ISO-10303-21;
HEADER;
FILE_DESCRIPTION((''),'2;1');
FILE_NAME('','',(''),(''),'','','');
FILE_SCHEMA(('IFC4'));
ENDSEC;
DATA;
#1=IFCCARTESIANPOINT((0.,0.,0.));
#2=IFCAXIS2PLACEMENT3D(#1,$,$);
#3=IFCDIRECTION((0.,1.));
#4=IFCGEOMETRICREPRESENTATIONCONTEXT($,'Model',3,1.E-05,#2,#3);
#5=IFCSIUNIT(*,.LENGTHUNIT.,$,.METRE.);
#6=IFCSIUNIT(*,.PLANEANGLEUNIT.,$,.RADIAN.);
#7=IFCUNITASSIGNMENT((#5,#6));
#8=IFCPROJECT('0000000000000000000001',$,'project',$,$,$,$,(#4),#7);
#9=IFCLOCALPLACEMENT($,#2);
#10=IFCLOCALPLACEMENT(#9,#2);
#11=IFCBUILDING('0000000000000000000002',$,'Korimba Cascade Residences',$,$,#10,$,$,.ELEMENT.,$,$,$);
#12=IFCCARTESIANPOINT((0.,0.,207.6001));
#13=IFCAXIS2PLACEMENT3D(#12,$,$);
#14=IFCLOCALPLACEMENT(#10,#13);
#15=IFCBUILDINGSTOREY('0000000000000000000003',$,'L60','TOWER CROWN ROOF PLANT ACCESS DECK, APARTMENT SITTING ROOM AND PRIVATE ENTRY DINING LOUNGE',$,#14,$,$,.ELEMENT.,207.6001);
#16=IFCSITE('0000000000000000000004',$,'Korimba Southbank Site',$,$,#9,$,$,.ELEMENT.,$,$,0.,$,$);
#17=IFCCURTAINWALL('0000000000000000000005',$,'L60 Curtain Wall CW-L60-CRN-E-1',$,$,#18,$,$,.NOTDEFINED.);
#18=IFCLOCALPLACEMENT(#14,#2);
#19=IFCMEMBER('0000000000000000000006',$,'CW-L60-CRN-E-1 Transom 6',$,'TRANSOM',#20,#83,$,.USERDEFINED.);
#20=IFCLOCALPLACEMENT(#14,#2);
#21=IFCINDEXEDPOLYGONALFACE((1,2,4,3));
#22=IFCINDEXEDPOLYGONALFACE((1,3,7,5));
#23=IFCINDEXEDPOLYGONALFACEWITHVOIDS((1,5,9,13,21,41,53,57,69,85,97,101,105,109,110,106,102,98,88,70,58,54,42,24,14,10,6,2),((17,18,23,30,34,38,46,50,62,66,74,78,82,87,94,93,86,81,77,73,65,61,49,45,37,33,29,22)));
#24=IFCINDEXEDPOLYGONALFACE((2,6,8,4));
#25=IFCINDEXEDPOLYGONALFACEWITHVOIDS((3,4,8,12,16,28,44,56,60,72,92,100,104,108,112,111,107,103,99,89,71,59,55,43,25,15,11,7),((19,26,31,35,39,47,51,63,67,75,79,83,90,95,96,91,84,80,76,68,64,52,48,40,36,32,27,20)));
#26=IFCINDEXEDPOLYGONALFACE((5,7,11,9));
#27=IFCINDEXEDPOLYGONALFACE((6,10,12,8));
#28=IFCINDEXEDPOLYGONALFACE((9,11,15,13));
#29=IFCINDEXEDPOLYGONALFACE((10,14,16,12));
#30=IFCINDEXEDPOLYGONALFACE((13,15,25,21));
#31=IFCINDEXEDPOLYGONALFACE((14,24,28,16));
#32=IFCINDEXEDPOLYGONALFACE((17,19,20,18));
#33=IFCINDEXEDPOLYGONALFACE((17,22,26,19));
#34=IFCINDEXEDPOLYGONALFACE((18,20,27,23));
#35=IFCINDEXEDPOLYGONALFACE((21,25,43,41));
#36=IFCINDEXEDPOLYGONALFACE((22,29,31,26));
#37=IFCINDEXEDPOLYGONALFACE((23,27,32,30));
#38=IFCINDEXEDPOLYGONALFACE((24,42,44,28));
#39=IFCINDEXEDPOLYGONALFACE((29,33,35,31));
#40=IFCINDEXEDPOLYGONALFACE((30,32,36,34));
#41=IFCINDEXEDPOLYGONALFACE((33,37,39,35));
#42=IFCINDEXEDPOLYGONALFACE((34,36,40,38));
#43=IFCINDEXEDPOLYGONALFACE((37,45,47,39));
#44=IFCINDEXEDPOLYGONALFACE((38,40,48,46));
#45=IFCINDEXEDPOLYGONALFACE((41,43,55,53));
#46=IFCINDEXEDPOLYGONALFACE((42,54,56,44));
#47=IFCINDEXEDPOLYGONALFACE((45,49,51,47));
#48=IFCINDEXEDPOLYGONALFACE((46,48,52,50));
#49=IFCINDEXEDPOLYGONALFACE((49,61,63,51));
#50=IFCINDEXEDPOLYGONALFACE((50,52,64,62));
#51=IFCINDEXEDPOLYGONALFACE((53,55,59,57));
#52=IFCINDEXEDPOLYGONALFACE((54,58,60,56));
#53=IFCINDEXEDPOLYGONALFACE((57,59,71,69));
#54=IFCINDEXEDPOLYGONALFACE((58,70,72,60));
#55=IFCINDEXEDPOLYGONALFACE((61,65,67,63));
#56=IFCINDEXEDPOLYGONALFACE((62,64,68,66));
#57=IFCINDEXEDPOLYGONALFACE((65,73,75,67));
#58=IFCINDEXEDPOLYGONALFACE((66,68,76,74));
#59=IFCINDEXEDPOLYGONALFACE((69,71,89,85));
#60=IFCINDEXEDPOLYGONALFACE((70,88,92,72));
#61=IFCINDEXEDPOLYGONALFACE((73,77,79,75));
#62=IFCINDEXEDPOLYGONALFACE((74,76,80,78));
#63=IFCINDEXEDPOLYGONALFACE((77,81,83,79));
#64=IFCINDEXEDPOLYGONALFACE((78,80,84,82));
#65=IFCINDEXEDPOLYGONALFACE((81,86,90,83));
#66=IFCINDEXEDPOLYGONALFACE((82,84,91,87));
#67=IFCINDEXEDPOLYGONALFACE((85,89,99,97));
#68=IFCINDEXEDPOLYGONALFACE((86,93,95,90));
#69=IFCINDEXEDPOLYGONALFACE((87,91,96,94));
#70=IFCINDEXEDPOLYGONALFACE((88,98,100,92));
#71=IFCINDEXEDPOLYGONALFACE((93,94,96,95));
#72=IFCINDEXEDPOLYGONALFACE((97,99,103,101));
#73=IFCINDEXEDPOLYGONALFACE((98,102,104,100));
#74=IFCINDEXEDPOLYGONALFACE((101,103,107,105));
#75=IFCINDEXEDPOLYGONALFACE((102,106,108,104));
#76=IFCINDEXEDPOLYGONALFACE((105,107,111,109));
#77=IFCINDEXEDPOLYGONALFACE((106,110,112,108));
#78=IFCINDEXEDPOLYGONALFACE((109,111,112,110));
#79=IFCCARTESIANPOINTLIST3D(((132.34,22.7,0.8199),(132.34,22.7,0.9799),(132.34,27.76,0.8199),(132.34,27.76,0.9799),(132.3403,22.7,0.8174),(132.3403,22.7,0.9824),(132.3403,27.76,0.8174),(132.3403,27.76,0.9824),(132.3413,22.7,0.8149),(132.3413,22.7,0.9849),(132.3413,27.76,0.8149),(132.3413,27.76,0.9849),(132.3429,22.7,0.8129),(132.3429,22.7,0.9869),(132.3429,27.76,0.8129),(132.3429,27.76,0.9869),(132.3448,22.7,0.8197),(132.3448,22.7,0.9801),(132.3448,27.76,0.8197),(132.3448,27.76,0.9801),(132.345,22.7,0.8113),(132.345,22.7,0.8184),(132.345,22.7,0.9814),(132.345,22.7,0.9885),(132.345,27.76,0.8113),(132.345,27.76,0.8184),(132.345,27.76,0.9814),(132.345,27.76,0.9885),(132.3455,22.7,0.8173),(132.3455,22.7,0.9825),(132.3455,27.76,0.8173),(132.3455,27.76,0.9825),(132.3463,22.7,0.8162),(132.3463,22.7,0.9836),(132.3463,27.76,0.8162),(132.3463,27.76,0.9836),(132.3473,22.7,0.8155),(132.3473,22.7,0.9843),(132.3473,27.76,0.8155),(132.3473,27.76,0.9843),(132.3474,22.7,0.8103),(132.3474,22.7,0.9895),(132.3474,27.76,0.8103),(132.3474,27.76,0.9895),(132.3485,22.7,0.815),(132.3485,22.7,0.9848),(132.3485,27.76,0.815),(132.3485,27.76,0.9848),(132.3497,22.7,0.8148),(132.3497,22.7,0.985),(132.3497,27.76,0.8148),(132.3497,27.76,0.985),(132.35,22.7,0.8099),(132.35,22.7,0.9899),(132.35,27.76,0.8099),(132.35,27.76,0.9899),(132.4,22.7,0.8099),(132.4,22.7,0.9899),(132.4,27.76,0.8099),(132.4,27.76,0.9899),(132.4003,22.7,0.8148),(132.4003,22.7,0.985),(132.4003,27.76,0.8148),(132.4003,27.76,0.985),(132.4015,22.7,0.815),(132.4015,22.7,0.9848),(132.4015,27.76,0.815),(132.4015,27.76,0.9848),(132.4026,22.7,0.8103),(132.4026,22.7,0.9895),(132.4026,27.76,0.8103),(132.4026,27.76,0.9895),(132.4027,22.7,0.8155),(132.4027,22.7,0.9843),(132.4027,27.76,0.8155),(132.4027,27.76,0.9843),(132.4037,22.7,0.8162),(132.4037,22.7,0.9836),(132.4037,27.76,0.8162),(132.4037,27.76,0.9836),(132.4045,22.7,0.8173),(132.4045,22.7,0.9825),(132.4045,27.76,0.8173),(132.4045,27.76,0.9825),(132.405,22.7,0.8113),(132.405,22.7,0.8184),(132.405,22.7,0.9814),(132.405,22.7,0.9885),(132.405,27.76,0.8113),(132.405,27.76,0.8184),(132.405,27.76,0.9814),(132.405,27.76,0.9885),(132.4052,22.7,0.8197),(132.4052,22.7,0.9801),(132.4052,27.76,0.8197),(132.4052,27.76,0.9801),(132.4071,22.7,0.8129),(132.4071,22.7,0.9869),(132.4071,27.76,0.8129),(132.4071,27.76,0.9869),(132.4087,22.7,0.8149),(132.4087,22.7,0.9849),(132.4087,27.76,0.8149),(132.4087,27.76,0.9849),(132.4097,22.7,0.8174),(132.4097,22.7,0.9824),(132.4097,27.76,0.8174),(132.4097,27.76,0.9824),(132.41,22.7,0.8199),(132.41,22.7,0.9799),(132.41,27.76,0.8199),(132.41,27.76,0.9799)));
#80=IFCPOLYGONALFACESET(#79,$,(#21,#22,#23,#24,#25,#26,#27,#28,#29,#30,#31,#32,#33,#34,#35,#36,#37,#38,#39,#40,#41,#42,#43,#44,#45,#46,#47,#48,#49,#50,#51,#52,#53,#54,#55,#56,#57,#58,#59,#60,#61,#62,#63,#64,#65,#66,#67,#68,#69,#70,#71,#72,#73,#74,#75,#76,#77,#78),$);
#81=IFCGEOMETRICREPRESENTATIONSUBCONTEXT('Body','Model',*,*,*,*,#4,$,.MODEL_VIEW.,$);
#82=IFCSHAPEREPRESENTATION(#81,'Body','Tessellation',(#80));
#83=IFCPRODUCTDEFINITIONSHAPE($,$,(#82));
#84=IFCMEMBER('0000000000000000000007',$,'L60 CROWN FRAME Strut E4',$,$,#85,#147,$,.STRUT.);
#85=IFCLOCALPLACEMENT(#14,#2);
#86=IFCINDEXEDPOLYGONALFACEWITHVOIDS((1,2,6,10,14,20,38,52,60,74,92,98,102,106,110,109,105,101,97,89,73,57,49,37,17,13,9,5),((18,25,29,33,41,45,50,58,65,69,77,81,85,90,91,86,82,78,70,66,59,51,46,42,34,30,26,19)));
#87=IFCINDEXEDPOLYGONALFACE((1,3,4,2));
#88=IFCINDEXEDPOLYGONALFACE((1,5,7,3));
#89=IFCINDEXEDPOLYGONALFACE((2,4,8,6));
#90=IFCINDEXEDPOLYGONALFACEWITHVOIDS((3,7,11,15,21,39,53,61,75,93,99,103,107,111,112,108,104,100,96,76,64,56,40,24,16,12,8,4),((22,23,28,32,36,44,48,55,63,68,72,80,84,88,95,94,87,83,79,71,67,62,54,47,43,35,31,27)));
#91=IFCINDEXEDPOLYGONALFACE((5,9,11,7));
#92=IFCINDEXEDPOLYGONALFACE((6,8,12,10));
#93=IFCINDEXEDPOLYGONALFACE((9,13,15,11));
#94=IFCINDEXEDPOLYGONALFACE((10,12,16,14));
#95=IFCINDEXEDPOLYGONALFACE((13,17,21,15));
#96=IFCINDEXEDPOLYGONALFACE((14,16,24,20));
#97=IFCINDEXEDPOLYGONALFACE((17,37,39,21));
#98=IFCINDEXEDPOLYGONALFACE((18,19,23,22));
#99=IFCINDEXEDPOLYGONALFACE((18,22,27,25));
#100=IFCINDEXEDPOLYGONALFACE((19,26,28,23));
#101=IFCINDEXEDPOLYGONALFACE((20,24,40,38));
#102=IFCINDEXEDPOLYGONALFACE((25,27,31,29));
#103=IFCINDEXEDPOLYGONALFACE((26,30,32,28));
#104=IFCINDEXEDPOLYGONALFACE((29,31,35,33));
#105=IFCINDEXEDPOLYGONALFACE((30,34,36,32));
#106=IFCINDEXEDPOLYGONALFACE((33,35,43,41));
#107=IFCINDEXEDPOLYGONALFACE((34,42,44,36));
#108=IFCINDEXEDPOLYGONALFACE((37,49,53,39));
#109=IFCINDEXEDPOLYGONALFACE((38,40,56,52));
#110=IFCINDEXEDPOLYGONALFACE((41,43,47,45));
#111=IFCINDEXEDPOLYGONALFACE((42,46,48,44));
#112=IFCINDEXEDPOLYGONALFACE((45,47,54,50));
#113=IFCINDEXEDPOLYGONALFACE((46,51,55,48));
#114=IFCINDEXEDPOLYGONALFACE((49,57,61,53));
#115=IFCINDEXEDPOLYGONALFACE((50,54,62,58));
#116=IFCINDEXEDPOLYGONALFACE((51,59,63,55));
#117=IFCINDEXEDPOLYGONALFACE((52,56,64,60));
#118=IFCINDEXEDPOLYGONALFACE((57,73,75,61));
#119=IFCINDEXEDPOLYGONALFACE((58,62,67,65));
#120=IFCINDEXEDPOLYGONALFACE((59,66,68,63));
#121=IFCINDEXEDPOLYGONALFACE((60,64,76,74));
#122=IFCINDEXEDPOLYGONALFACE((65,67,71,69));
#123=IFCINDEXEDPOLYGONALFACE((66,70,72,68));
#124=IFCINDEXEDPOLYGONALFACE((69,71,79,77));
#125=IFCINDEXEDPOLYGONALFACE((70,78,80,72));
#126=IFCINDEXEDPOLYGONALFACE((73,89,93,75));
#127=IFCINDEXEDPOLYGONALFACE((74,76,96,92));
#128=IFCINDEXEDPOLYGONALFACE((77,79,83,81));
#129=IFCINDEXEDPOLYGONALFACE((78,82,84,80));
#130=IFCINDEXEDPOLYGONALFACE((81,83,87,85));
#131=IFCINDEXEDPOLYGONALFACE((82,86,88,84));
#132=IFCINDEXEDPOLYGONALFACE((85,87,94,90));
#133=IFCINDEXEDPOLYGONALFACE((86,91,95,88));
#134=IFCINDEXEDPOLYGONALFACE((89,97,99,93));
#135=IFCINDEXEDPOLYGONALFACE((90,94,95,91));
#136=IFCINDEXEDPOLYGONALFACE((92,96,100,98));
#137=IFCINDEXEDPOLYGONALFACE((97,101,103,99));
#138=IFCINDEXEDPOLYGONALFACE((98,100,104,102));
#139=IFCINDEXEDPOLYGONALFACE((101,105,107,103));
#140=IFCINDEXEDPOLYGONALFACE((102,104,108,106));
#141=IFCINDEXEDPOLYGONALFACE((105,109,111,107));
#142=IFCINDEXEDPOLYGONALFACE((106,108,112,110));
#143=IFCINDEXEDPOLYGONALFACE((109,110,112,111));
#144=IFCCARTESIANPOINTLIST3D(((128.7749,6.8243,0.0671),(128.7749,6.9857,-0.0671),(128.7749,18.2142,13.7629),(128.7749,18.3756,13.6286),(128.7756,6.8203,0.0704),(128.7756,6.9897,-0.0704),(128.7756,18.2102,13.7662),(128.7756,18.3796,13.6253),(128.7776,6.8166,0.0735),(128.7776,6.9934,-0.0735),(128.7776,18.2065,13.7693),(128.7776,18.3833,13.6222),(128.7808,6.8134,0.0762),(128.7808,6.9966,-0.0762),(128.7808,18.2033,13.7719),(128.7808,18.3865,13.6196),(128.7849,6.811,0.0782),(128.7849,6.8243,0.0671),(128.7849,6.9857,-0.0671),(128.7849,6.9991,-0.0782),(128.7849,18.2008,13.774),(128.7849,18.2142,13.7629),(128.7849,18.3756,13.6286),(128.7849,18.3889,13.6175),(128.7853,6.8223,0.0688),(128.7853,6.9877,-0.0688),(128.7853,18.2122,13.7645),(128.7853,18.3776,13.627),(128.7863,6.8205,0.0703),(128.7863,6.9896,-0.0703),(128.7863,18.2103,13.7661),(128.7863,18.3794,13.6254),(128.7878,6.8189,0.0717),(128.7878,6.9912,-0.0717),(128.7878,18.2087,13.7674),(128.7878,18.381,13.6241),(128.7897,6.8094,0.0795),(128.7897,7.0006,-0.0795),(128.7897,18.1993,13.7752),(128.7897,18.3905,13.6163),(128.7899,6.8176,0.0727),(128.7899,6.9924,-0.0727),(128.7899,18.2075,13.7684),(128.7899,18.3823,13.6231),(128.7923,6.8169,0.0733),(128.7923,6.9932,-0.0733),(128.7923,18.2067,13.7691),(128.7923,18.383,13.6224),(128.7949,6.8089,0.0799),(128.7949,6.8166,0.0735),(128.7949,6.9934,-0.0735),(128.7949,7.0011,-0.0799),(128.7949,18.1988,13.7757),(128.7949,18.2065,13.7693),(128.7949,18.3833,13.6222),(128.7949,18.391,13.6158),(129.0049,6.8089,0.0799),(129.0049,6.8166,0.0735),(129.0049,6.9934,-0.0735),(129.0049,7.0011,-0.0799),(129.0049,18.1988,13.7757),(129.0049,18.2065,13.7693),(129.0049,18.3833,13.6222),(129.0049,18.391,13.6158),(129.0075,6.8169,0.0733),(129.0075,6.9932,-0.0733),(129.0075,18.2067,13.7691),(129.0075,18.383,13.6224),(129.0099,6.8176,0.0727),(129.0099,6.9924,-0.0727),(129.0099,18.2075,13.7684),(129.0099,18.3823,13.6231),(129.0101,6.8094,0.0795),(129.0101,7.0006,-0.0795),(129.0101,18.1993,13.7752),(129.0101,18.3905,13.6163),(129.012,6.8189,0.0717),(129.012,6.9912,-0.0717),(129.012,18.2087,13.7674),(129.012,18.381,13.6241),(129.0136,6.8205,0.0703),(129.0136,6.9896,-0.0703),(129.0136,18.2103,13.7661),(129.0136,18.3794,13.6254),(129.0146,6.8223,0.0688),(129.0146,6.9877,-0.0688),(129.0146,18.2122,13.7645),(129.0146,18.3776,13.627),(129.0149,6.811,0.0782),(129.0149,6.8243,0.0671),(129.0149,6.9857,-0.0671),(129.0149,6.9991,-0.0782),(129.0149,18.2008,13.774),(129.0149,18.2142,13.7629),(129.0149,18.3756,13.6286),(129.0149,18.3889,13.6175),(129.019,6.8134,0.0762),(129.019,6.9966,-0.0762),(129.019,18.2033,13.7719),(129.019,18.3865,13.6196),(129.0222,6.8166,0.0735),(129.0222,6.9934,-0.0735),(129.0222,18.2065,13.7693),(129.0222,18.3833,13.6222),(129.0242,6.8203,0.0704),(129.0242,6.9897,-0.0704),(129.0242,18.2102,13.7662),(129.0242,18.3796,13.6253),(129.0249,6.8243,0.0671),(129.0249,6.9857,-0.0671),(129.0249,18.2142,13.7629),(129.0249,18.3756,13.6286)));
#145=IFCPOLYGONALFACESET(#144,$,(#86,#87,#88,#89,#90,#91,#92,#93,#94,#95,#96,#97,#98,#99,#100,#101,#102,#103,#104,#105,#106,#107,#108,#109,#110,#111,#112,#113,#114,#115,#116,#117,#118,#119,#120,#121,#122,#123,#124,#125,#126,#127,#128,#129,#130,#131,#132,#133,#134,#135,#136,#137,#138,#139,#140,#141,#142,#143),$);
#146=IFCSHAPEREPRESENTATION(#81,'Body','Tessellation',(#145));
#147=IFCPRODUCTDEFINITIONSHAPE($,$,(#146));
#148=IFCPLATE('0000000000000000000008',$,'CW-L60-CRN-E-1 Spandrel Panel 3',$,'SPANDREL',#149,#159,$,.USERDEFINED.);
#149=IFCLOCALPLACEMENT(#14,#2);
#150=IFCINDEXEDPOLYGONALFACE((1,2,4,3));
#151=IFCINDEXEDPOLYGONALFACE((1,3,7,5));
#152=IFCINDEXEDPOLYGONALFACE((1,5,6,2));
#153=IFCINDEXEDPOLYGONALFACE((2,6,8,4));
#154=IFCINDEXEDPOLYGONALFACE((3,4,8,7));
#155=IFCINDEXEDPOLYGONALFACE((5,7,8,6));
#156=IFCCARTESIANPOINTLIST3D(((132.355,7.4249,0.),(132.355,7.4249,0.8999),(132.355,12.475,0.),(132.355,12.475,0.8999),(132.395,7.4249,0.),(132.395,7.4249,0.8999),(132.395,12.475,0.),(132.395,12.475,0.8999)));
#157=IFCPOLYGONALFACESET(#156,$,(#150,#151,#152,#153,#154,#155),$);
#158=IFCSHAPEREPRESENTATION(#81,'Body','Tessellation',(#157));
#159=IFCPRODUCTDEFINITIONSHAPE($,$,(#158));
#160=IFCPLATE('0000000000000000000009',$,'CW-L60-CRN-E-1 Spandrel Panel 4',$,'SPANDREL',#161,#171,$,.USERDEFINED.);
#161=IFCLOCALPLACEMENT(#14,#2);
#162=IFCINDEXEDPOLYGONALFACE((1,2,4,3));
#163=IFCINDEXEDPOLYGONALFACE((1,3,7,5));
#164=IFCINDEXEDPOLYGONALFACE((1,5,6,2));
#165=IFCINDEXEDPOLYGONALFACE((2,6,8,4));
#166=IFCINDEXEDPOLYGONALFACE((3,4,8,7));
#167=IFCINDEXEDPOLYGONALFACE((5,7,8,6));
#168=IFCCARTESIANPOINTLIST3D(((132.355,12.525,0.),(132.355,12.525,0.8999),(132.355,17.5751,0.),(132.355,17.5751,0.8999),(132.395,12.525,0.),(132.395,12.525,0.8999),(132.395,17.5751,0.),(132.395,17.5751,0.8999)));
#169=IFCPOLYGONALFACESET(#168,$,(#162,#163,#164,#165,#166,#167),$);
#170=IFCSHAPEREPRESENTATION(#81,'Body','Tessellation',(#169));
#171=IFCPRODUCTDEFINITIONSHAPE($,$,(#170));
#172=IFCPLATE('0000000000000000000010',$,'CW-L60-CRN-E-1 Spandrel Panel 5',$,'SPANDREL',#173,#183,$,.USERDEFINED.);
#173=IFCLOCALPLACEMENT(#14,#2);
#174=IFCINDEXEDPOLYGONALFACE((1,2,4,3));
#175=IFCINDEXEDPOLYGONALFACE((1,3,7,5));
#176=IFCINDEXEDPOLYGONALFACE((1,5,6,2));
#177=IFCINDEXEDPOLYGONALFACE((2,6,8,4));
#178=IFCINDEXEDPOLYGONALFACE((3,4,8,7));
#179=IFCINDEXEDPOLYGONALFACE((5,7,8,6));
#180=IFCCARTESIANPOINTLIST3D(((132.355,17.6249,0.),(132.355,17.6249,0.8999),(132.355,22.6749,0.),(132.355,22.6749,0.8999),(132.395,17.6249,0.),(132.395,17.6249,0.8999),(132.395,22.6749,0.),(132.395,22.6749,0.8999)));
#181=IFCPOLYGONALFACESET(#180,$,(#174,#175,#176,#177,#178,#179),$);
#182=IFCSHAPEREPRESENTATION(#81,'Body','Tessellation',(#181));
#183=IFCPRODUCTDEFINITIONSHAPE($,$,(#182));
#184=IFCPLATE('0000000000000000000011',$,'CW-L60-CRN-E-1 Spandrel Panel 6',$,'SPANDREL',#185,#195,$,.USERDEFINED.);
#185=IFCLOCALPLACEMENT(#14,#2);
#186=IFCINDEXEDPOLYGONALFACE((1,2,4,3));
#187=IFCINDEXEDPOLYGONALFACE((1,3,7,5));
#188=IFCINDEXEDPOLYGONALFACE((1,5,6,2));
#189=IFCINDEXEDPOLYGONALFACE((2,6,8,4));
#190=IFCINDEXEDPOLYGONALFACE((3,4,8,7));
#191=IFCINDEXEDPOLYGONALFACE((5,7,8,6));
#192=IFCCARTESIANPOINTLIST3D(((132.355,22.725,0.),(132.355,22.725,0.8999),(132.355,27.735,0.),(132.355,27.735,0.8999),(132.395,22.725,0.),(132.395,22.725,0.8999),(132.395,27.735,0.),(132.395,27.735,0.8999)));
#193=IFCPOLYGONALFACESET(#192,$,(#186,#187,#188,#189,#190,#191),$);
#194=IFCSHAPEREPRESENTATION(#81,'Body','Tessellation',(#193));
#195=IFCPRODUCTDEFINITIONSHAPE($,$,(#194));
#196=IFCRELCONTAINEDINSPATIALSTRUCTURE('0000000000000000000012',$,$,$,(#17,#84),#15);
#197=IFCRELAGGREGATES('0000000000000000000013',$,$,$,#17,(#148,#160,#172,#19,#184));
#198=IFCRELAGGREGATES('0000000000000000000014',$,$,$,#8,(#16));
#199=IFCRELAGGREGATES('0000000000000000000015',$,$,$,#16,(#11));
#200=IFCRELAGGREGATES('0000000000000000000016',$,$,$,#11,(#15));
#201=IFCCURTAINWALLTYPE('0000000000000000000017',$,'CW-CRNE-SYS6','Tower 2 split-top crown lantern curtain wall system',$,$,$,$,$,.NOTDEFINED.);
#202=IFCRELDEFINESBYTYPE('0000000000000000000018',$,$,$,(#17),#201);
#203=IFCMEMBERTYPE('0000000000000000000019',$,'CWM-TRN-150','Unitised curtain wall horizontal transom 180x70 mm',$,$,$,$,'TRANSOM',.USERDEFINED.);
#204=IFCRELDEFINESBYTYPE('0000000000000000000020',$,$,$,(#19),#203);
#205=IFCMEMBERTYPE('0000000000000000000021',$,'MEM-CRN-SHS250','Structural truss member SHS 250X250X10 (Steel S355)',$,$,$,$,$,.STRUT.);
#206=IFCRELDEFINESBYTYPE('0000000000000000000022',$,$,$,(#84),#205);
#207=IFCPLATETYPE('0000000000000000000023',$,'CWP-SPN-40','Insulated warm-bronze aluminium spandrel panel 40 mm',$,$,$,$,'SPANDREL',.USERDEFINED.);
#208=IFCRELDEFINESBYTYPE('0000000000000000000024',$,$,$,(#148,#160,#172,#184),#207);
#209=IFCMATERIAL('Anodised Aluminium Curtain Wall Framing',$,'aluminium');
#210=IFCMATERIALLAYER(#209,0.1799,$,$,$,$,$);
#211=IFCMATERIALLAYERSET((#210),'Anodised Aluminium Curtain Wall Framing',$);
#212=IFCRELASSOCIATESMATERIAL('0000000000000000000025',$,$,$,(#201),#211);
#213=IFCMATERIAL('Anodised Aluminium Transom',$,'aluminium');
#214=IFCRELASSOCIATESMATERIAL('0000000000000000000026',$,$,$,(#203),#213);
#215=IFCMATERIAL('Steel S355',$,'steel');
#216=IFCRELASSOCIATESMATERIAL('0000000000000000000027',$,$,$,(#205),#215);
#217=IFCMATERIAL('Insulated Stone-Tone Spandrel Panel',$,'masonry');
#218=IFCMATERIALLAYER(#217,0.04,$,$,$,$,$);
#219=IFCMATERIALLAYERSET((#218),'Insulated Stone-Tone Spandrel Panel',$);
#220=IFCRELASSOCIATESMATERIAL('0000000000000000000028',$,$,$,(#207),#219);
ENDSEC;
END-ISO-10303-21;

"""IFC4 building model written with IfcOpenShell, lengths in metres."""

from ifc_helpers import new_model, si_unit, direction, frame, origin, origin_2d, place, context, subcontext, project, spatial, rectangle, hollow_rectangle, extrude, material, layer, layer_set, material_profile, profile_set, type_object, element, aggregate, save


model = new_model("IFC4")

# Units and contexts
model_context = context("Model", 3, precision=1e-05, world=origin(), true_north=direction((0.0, 1.0)))
body_context = subcontext(model_context, "Body", "Model", "MODEL_VIEW")
ifc_project = project(units=[si_unit("LENGTHUNIT", "METRE"), si_unit("PLANEANGLEUNIT", "RADIAN")], contexts=[model_context])

# Site, building, storey
site_placement = place(None, origin())
site = spatial("IfcSite", under=ifc_project, at=site_placement, Name="Korimba Southbank Site", CompositionType="ELEMENT", RefElevation=0.0)
building_placement = place(site_placement, origin())
building = spatial("IfcBuilding", under=site, at=building_placement, Name="Korimba Cascade Residences", CompositionType="ELEMENT")
storey_placement = place(building_placement, frame((0.0, 0.0, 207.6001)))
storey = spatial("IfcBuildingStorey", under=building, at=storey_placement, Name="L60", Description="TOWER CROWN ROOF PLANT ACCESS DECK, APARTMENT SITTING ROOM AND PRIVATE ENTRY DINING LOUNGE", CompositionType="ELEMENT", Elevation=207.6001)

# Shared definitions
ifc_material_1 = material(Name="Steel S355", Category="steel")

# Curtain wall, member
ifc_material_2 = material(Name="Anodised Aluminium Curtain Wall Framing", Category="aluminium")
ifc_layer_1 = layer(ifc_material_2, 0.1799)
ifc_layer_set_1 = layer_set([ifc_layer_1], Name="Anodised Aluminium Curtain Wall Framing")
curtain_wall_type = type_object("IfcCurtainWallType", Name="CW-CRNE-SYS6", Description="Tower 2 split-top crown lantern curtain wall system", PredefinedType="NOTDEFINED", material=ifc_layer_set_1)
curtain_wall_placement = place(storey_placement, origin())
curtain_wall = element("IfcCurtainWall", 1, at=curtain_wall_placement, inside=storey, type_object=curtain_wall_type, Name="L60 Curtain Wall CW-L60-CRN-E-1", PredefinedType="NOTDEFINED")
ifc_material_3 = material(Name="Anodised Aluminium Transom", Category="aluminium")
ifc_material_profile_1 = material_profile(ifc_material_3, hollow_rectangle(XDim=0.0701, YDim=0.1799, WallThickness=0.0049, InnerFilletRadius=0.0049, OuterFilletRadius=0.01, at=origin_2d()), Name="Anodised Aluminium Transom")
ifc_profile_set_1 = profile_set([ifc_material_profile_1], Name="Anodised Aluminium Transom")
member_type_1 = type_object("IfcMemberType", Name="CWM-TRN-150", Description="Unitised curtain wall horizontal transom 180x70 mm", ElementType="TRANSOM", PredefinedType="USERDEFINED", material=ifc_profile_set_1)
member_1_placement = place(storey_placement, frame((132.375, 22.7, 0.8999), z_axis=(0.0, 1.0, 0.0), x_axis=(-1.0, 0.0, 0.0)))
member_1 = element("IfcMember", 2, at=member_1_placement, type_object=member_type_1, Name="CW-L60-CRN-E-1 Transom 6", ObjectType="TRANSOM", PredefinedType="USERDEFINED", context=body_context, shape_type="SweptSolid", body=[
    extrude(hollow_rectangle(XDim=0.0701, YDim=0.1799, WallThickness=0.0049, InnerFilletRadius=0.0049, OuterFilletRadius=0.01, at=origin_2d()), origin(), (0.0, 0.0, 1.0), 5.0601),
])

# Member
ifc_material_profile_2 = material_profile(ifc_material_1, hollow_rectangle(XDim=0.25, YDim=0.25, WallThickness=0.01, InnerFilletRadius=0.01, OuterFilletRadius=0.02, at=origin_2d()), Name="Steel S355")
ifc_profile_set_2 = profile_set([ifc_material_profile_2], Name="Steel S355")
member_type_2 = type_object("IfcMemberType", Name="MEM-CRN-SHS250", Description="Structural truss member SHS 250X250X10 (Steel S355)", PredefinedType="STRUT", material=ifc_profile_set_2)
member_2_placement = place(storey_placement, frame((128.8999, 6.905, 0.0), z_axis=(0.0, 0.639413, 0.768863), x_axis=(-1.0, 0.0, 0.0)))
element("IfcMember", 3, at=member_2_placement, inside=storey, type_object=member_type_2, Name="L60 CROWN FRAME Strut E4", PredefinedType="STRUT", context=body_context, shape_type="SweptSolid", body=[
    extrude(hollow_rectangle(XDim=0.25, YDim=0.25, WallThickness=0.01, InnerFilletRadius=0.01, OuterFilletRadius=0.02, at=origin_2d()), origin(), (0.0, 0.0, 1.0), 17.813),
])

# Plates
ifc_material_4 = material(Name="Insulated Stone-Tone Spandrel Panel", Category="masonry")
ifc_layer_2 = layer(ifc_material_4, 0.04)
ifc_layer_set_2 = layer_set([ifc_layer_2], Name="Insulated Stone-Tone Spandrel Panel")
plate_type_1 = type_object("IfcPlateType", Name="CWP-SPN-40", Description="Insulated warm-bronze aluminium spandrel panel 40 mm", ElementType="SPANDREL", PredefinedType="USERDEFINED", material=ifc_layer_set_2)
plate_1_placement = place(storey_placement, frame((132.375, 9.95, 0.0), z_axis=(0.0, 0.0, 1.0), x_axis=(0.0, 1.0, 0.0)))
plate_1 = element("IfcPlate", 4, at=plate_1_placement, type_object=plate_type_1, Name="CW-L60-CRN-E-1 Spandrel Panel 3", ObjectType="SPANDREL", PredefinedType="USERDEFINED", context=body_context, shape_type="SweptSolid", body=[
    extrude(rectangle(XDim=5.05, YDim=0.04, at=origin_2d()), origin(), (0.0, 0.0, 1.0), 0.8999),
])
plate_2_placement = place(storey_placement, frame((132.375, 15.05, 0.0), z_axis=(0.0, 0.0, 1.0), x_axis=(0.0, 1.0, 0.0)))
plate_2 = element("IfcPlate", 5, at=plate_2_placement, type_object=plate_type_1, Name="CW-L60-CRN-E-1 Spandrel Panel 4", ObjectType="SPANDREL", PredefinedType="USERDEFINED", context=body_context, shape_type="SweptSolid", body=[
    extrude(rectangle(XDim=5.05, YDim=0.04, at=origin_2d()), origin(), (0.0, 0.0, 1.0), 0.8999),
])
plate_3_placement = place(storey_placement, frame((132.375, 20.1499, 0.0), z_axis=(0.0, 0.0, 1.0), x_axis=(0.0, 1.0, 0.0)))
plate_3 = element("IfcPlate", 6, at=plate_3_placement, type_object=plate_type_1, Name="CW-L60-CRN-E-1 Spandrel Panel 5", ObjectType="SPANDREL", PredefinedType="USERDEFINED", context=body_context, shape_type="SweptSolid", body=[
    extrude(rectangle(XDim=5.05, YDim=0.04, at=origin_2d()), origin(), (0.0, 0.0, 1.0), 0.8999),
])
plate_4_placement = place(storey_placement, frame((132.375, 25.23, 0.0), z_axis=(0.0, 0.0, 1.0), x_axis=(0.0, 1.0, 0.0)))
plate_4 = element("IfcPlate", 7, at=plate_4_placement, type_object=plate_type_1, Name="CW-L60-CRN-E-1 Spandrel Panel 6", ObjectType="SPANDREL", PredefinedType="USERDEFINED", context=body_context, shape_type="SweptSolid", body=[
    extrude(rectangle(XDim=5.01, YDim=0.04, at=origin_2d()), origin(), (0.0, 0.0, 1.0), 0.8999),
])
aggregate(curtain_wall, [plate_1, plate_2, plate_3, member_1, plate_4])

save(model, "model.ifc")
